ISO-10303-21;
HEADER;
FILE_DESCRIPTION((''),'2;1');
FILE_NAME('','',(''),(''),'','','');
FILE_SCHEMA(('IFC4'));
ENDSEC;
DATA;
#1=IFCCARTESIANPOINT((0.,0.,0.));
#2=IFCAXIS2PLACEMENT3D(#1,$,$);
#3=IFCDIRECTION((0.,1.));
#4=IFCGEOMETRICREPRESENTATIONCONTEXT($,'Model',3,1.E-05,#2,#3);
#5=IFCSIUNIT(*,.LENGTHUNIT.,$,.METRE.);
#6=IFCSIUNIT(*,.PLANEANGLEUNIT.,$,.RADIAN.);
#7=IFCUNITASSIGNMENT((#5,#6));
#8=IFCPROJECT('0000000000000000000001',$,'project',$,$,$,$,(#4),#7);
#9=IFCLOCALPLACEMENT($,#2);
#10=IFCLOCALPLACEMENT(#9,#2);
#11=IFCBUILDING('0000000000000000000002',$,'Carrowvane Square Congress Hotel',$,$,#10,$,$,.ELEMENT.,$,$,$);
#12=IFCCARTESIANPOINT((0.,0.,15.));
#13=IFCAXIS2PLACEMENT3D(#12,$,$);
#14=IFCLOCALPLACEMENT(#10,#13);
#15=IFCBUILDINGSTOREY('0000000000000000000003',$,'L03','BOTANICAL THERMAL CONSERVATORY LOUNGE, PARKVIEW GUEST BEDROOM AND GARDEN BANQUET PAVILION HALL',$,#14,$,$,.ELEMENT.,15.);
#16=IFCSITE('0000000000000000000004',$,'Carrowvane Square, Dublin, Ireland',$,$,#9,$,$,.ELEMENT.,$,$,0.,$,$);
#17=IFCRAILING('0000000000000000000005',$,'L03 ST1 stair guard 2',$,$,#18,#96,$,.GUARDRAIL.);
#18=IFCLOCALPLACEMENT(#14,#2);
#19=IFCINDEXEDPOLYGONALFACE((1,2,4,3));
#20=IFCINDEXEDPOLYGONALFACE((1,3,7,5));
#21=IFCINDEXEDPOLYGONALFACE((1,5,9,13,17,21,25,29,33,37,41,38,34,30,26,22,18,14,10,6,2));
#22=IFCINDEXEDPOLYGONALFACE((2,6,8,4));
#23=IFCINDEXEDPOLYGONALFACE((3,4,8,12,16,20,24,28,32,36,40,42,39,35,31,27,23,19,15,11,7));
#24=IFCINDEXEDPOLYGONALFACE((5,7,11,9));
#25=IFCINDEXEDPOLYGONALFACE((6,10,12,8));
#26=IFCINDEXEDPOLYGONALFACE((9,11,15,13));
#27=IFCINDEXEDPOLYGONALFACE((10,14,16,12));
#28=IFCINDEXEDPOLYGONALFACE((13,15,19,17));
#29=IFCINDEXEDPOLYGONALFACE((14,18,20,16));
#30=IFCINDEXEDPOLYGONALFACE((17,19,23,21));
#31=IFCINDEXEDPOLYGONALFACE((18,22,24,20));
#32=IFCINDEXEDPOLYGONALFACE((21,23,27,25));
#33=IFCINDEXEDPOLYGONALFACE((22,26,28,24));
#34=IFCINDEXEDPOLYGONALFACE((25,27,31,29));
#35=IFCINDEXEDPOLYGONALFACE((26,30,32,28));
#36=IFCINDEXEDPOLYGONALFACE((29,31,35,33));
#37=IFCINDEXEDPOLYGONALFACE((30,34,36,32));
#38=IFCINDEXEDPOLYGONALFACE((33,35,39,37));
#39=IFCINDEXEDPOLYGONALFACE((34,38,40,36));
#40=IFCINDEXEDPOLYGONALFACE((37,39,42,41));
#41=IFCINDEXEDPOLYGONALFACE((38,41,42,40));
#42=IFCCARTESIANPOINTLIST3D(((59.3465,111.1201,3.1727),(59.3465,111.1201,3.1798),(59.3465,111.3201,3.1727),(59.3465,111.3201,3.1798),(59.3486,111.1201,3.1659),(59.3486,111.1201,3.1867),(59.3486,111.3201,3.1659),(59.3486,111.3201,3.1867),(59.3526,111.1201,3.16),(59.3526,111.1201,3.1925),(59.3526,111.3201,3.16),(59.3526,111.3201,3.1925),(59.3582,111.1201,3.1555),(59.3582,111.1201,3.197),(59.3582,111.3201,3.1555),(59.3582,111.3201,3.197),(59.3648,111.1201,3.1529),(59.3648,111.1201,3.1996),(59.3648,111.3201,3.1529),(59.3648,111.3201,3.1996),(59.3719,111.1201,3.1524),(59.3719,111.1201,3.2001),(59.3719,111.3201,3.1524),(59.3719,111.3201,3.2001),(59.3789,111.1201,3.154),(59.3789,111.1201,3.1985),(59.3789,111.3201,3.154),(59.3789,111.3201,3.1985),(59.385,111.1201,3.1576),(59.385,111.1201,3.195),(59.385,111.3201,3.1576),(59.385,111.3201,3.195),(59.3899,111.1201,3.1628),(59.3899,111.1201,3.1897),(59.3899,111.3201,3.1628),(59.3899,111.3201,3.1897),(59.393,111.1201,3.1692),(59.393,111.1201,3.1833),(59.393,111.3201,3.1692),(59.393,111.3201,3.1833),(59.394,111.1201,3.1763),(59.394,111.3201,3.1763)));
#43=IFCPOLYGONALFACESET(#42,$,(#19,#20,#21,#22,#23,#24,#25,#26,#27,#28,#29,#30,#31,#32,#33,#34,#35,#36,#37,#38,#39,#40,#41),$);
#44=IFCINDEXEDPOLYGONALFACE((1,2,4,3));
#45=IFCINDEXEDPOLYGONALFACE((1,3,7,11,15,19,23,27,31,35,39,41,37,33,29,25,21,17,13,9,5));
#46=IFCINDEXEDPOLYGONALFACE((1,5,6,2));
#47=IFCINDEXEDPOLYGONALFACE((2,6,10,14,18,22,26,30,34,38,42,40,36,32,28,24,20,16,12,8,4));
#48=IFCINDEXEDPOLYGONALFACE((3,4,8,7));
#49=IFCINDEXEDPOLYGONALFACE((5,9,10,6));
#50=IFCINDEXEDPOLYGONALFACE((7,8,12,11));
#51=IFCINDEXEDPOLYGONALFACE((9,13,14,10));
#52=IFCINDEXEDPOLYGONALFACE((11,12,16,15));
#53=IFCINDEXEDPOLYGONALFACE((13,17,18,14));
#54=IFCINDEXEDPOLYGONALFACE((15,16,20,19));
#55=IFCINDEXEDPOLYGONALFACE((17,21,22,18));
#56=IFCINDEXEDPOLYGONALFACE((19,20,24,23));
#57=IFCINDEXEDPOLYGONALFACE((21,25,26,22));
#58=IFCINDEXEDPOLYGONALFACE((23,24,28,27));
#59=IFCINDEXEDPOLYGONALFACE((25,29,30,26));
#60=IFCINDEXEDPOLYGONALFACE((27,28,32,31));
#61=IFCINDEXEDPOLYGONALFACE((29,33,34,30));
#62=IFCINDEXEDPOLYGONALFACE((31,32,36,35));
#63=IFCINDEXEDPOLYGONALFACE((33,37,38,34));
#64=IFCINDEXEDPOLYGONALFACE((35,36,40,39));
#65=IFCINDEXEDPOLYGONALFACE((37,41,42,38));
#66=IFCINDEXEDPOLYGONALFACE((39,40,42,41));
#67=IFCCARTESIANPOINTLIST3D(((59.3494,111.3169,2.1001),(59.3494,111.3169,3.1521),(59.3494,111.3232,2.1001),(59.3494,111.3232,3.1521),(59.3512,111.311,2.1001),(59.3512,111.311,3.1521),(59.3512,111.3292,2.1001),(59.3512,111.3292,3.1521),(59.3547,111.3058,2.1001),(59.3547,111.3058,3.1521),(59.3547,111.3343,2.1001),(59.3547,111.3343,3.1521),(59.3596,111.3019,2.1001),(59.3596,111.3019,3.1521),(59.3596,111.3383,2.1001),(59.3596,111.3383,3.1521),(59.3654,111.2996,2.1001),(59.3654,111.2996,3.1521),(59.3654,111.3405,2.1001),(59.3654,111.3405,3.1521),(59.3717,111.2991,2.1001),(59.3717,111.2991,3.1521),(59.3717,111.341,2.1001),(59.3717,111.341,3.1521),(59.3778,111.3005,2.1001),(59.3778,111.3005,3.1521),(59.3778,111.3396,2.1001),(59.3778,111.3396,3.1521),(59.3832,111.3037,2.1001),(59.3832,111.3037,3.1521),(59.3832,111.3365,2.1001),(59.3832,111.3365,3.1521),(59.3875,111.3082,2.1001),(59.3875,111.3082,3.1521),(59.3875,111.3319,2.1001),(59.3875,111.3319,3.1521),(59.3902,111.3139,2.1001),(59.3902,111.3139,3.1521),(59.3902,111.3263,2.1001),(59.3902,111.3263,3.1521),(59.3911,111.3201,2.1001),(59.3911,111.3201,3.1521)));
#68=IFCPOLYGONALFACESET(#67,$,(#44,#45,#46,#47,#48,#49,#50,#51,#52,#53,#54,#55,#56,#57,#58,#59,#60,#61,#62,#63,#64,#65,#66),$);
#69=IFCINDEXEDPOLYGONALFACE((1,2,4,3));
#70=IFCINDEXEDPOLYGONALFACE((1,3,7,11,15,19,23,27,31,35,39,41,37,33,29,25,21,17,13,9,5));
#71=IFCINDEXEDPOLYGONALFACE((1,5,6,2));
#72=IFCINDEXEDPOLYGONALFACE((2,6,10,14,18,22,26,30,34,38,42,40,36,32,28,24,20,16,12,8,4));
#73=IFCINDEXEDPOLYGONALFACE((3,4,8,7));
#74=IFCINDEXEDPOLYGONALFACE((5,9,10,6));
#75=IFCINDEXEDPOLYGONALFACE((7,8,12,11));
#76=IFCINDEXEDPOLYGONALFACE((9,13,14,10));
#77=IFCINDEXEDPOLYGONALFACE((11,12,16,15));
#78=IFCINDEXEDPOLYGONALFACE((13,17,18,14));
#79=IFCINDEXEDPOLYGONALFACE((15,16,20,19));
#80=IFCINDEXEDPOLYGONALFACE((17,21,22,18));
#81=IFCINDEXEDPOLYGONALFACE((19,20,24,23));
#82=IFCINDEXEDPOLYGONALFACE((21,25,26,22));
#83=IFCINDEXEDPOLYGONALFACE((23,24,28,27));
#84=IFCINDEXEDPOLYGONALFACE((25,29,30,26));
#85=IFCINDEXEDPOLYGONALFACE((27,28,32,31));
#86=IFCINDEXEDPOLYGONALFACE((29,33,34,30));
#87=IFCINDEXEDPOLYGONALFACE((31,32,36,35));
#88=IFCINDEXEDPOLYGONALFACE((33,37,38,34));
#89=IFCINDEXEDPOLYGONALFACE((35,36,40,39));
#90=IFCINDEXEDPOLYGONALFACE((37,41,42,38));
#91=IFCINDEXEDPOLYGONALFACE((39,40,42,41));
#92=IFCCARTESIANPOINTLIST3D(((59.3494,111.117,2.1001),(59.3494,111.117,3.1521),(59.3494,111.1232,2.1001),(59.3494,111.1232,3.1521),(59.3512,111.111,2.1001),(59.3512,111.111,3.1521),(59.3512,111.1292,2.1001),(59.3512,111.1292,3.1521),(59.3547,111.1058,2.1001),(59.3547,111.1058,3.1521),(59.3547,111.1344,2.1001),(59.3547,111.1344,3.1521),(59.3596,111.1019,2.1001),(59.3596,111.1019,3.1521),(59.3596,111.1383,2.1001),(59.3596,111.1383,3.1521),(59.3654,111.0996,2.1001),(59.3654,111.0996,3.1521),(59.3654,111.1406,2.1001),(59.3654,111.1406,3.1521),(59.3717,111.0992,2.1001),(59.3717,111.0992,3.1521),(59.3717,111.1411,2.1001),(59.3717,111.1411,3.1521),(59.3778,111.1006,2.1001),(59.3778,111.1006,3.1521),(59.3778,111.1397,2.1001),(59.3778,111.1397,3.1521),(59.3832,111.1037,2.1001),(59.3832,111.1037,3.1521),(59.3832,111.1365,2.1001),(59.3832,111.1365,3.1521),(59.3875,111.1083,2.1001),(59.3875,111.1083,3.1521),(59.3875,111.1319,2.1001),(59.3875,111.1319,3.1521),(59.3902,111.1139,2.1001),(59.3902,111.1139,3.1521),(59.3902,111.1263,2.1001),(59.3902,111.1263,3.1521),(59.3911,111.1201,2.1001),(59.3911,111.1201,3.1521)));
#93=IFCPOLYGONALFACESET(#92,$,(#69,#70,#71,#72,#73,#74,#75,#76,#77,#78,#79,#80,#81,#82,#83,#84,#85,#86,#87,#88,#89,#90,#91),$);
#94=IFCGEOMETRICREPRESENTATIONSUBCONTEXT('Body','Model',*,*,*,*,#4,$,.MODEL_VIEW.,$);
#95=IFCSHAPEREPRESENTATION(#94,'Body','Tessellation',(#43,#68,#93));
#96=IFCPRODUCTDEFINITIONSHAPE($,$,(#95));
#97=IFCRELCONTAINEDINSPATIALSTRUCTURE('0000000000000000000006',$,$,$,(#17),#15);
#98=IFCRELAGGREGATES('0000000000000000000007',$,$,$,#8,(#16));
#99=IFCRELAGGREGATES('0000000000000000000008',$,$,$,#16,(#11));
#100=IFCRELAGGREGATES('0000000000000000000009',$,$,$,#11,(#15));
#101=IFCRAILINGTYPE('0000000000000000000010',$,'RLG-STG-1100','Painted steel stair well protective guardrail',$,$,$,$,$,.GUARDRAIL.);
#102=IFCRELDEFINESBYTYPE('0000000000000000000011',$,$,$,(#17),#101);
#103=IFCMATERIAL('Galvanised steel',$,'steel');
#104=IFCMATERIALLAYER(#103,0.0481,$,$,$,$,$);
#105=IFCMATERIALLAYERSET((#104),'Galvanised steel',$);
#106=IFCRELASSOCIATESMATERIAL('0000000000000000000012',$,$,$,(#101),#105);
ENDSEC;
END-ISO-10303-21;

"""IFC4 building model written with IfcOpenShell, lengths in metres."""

from ifc_helpers import new_model, si_unit, direction, frame, origin, origin_2d, place, context, subcontext, project, spatial, circle, extrude, material, layer, layer_set, type_object, element, save


model = new_model("IFC4")

# Units and contexts
model_context = context("Model", 3, precision=1e-05, world=origin(), true_north=direction((0.0, 1.0)))
body_context = subcontext(model_context, "Body", "Model", "MODEL_VIEW")
ifc_project = project(units=[si_unit("LENGTHUNIT", "METRE"), si_unit("PLANEANGLEUNIT", "RADIAN")], contexts=[model_context])

# Site, building, storey
site_placement = place(None, origin())
site = spatial("IfcSite", under=ifc_project, at=site_placement, Name="Carrowvane Square, Dublin, Ireland", CompositionType="ELEMENT", RefElevation=0.0)
building_placement = place(site_placement, origin())
building = spatial("IfcBuilding", under=site, at=building_placement, Name="Carrowvane Square Congress Hotel", CompositionType="ELEMENT")
storey_placement = place(building_placement, frame((0.0, 0.0, 15.0)))
storey = spatial("IfcBuildingStorey", under=building, at=storey_placement, Name="L03", Description="BOTANICAL THERMAL CONSERVATORY LOUNGE, PARKVIEW GUEST BEDROOM AND GARDEN BANQUET PAVILION HALL", CompositionType="ELEMENT", Elevation=15.0)

# Railing
ifc_material_1 = material(Name="Galvanised steel", Category="steel")
ifc_layer_1 = layer(ifc_material_1, 0.0481)
ifc_layer_set_1 = layer_set([ifc_layer_1], Name="Galvanised steel")
railing_type_1 = type_object("IfcRailingType", Name="RLG-STG-1100", Description="Painted steel stair well protective guardrail", PredefinedType="GUARDRAIL", material=ifc_layer_set_1)
railing_1_placement = place(storey_placement, frame((59.3701, 111.3201, 2.1001)))
element("IfcRailing", 1, at=railing_1_placement, inside=storey, type_object=railing_type_1, Name="L03 ST1 stair guard 2", PredefinedType="GUARDRAIL", context=body_context, shape_type="SweptSolid", body=[
    extrude(circle(Radius=0.0239, at=origin_2d()), frame((0.0, 0.0, 1.0762), z_axis=(0.0, -1.0, 0.0), x_axis=(1.0, 0.0, 0.0)), (0.0, 0.0, 1.0), 0.2),
    extrude(circle(Radius=0.021, at=origin_2d()), origin(), (0.0, 0.0, 1.0), 1.052),
    extrude(circle(Radius=0.021, at=origin_2d()), frame((0.0, -0.2, 0.0)), (0.0, 0.0, 1.0), 1.052),
])

save(model, "model.ifc")
